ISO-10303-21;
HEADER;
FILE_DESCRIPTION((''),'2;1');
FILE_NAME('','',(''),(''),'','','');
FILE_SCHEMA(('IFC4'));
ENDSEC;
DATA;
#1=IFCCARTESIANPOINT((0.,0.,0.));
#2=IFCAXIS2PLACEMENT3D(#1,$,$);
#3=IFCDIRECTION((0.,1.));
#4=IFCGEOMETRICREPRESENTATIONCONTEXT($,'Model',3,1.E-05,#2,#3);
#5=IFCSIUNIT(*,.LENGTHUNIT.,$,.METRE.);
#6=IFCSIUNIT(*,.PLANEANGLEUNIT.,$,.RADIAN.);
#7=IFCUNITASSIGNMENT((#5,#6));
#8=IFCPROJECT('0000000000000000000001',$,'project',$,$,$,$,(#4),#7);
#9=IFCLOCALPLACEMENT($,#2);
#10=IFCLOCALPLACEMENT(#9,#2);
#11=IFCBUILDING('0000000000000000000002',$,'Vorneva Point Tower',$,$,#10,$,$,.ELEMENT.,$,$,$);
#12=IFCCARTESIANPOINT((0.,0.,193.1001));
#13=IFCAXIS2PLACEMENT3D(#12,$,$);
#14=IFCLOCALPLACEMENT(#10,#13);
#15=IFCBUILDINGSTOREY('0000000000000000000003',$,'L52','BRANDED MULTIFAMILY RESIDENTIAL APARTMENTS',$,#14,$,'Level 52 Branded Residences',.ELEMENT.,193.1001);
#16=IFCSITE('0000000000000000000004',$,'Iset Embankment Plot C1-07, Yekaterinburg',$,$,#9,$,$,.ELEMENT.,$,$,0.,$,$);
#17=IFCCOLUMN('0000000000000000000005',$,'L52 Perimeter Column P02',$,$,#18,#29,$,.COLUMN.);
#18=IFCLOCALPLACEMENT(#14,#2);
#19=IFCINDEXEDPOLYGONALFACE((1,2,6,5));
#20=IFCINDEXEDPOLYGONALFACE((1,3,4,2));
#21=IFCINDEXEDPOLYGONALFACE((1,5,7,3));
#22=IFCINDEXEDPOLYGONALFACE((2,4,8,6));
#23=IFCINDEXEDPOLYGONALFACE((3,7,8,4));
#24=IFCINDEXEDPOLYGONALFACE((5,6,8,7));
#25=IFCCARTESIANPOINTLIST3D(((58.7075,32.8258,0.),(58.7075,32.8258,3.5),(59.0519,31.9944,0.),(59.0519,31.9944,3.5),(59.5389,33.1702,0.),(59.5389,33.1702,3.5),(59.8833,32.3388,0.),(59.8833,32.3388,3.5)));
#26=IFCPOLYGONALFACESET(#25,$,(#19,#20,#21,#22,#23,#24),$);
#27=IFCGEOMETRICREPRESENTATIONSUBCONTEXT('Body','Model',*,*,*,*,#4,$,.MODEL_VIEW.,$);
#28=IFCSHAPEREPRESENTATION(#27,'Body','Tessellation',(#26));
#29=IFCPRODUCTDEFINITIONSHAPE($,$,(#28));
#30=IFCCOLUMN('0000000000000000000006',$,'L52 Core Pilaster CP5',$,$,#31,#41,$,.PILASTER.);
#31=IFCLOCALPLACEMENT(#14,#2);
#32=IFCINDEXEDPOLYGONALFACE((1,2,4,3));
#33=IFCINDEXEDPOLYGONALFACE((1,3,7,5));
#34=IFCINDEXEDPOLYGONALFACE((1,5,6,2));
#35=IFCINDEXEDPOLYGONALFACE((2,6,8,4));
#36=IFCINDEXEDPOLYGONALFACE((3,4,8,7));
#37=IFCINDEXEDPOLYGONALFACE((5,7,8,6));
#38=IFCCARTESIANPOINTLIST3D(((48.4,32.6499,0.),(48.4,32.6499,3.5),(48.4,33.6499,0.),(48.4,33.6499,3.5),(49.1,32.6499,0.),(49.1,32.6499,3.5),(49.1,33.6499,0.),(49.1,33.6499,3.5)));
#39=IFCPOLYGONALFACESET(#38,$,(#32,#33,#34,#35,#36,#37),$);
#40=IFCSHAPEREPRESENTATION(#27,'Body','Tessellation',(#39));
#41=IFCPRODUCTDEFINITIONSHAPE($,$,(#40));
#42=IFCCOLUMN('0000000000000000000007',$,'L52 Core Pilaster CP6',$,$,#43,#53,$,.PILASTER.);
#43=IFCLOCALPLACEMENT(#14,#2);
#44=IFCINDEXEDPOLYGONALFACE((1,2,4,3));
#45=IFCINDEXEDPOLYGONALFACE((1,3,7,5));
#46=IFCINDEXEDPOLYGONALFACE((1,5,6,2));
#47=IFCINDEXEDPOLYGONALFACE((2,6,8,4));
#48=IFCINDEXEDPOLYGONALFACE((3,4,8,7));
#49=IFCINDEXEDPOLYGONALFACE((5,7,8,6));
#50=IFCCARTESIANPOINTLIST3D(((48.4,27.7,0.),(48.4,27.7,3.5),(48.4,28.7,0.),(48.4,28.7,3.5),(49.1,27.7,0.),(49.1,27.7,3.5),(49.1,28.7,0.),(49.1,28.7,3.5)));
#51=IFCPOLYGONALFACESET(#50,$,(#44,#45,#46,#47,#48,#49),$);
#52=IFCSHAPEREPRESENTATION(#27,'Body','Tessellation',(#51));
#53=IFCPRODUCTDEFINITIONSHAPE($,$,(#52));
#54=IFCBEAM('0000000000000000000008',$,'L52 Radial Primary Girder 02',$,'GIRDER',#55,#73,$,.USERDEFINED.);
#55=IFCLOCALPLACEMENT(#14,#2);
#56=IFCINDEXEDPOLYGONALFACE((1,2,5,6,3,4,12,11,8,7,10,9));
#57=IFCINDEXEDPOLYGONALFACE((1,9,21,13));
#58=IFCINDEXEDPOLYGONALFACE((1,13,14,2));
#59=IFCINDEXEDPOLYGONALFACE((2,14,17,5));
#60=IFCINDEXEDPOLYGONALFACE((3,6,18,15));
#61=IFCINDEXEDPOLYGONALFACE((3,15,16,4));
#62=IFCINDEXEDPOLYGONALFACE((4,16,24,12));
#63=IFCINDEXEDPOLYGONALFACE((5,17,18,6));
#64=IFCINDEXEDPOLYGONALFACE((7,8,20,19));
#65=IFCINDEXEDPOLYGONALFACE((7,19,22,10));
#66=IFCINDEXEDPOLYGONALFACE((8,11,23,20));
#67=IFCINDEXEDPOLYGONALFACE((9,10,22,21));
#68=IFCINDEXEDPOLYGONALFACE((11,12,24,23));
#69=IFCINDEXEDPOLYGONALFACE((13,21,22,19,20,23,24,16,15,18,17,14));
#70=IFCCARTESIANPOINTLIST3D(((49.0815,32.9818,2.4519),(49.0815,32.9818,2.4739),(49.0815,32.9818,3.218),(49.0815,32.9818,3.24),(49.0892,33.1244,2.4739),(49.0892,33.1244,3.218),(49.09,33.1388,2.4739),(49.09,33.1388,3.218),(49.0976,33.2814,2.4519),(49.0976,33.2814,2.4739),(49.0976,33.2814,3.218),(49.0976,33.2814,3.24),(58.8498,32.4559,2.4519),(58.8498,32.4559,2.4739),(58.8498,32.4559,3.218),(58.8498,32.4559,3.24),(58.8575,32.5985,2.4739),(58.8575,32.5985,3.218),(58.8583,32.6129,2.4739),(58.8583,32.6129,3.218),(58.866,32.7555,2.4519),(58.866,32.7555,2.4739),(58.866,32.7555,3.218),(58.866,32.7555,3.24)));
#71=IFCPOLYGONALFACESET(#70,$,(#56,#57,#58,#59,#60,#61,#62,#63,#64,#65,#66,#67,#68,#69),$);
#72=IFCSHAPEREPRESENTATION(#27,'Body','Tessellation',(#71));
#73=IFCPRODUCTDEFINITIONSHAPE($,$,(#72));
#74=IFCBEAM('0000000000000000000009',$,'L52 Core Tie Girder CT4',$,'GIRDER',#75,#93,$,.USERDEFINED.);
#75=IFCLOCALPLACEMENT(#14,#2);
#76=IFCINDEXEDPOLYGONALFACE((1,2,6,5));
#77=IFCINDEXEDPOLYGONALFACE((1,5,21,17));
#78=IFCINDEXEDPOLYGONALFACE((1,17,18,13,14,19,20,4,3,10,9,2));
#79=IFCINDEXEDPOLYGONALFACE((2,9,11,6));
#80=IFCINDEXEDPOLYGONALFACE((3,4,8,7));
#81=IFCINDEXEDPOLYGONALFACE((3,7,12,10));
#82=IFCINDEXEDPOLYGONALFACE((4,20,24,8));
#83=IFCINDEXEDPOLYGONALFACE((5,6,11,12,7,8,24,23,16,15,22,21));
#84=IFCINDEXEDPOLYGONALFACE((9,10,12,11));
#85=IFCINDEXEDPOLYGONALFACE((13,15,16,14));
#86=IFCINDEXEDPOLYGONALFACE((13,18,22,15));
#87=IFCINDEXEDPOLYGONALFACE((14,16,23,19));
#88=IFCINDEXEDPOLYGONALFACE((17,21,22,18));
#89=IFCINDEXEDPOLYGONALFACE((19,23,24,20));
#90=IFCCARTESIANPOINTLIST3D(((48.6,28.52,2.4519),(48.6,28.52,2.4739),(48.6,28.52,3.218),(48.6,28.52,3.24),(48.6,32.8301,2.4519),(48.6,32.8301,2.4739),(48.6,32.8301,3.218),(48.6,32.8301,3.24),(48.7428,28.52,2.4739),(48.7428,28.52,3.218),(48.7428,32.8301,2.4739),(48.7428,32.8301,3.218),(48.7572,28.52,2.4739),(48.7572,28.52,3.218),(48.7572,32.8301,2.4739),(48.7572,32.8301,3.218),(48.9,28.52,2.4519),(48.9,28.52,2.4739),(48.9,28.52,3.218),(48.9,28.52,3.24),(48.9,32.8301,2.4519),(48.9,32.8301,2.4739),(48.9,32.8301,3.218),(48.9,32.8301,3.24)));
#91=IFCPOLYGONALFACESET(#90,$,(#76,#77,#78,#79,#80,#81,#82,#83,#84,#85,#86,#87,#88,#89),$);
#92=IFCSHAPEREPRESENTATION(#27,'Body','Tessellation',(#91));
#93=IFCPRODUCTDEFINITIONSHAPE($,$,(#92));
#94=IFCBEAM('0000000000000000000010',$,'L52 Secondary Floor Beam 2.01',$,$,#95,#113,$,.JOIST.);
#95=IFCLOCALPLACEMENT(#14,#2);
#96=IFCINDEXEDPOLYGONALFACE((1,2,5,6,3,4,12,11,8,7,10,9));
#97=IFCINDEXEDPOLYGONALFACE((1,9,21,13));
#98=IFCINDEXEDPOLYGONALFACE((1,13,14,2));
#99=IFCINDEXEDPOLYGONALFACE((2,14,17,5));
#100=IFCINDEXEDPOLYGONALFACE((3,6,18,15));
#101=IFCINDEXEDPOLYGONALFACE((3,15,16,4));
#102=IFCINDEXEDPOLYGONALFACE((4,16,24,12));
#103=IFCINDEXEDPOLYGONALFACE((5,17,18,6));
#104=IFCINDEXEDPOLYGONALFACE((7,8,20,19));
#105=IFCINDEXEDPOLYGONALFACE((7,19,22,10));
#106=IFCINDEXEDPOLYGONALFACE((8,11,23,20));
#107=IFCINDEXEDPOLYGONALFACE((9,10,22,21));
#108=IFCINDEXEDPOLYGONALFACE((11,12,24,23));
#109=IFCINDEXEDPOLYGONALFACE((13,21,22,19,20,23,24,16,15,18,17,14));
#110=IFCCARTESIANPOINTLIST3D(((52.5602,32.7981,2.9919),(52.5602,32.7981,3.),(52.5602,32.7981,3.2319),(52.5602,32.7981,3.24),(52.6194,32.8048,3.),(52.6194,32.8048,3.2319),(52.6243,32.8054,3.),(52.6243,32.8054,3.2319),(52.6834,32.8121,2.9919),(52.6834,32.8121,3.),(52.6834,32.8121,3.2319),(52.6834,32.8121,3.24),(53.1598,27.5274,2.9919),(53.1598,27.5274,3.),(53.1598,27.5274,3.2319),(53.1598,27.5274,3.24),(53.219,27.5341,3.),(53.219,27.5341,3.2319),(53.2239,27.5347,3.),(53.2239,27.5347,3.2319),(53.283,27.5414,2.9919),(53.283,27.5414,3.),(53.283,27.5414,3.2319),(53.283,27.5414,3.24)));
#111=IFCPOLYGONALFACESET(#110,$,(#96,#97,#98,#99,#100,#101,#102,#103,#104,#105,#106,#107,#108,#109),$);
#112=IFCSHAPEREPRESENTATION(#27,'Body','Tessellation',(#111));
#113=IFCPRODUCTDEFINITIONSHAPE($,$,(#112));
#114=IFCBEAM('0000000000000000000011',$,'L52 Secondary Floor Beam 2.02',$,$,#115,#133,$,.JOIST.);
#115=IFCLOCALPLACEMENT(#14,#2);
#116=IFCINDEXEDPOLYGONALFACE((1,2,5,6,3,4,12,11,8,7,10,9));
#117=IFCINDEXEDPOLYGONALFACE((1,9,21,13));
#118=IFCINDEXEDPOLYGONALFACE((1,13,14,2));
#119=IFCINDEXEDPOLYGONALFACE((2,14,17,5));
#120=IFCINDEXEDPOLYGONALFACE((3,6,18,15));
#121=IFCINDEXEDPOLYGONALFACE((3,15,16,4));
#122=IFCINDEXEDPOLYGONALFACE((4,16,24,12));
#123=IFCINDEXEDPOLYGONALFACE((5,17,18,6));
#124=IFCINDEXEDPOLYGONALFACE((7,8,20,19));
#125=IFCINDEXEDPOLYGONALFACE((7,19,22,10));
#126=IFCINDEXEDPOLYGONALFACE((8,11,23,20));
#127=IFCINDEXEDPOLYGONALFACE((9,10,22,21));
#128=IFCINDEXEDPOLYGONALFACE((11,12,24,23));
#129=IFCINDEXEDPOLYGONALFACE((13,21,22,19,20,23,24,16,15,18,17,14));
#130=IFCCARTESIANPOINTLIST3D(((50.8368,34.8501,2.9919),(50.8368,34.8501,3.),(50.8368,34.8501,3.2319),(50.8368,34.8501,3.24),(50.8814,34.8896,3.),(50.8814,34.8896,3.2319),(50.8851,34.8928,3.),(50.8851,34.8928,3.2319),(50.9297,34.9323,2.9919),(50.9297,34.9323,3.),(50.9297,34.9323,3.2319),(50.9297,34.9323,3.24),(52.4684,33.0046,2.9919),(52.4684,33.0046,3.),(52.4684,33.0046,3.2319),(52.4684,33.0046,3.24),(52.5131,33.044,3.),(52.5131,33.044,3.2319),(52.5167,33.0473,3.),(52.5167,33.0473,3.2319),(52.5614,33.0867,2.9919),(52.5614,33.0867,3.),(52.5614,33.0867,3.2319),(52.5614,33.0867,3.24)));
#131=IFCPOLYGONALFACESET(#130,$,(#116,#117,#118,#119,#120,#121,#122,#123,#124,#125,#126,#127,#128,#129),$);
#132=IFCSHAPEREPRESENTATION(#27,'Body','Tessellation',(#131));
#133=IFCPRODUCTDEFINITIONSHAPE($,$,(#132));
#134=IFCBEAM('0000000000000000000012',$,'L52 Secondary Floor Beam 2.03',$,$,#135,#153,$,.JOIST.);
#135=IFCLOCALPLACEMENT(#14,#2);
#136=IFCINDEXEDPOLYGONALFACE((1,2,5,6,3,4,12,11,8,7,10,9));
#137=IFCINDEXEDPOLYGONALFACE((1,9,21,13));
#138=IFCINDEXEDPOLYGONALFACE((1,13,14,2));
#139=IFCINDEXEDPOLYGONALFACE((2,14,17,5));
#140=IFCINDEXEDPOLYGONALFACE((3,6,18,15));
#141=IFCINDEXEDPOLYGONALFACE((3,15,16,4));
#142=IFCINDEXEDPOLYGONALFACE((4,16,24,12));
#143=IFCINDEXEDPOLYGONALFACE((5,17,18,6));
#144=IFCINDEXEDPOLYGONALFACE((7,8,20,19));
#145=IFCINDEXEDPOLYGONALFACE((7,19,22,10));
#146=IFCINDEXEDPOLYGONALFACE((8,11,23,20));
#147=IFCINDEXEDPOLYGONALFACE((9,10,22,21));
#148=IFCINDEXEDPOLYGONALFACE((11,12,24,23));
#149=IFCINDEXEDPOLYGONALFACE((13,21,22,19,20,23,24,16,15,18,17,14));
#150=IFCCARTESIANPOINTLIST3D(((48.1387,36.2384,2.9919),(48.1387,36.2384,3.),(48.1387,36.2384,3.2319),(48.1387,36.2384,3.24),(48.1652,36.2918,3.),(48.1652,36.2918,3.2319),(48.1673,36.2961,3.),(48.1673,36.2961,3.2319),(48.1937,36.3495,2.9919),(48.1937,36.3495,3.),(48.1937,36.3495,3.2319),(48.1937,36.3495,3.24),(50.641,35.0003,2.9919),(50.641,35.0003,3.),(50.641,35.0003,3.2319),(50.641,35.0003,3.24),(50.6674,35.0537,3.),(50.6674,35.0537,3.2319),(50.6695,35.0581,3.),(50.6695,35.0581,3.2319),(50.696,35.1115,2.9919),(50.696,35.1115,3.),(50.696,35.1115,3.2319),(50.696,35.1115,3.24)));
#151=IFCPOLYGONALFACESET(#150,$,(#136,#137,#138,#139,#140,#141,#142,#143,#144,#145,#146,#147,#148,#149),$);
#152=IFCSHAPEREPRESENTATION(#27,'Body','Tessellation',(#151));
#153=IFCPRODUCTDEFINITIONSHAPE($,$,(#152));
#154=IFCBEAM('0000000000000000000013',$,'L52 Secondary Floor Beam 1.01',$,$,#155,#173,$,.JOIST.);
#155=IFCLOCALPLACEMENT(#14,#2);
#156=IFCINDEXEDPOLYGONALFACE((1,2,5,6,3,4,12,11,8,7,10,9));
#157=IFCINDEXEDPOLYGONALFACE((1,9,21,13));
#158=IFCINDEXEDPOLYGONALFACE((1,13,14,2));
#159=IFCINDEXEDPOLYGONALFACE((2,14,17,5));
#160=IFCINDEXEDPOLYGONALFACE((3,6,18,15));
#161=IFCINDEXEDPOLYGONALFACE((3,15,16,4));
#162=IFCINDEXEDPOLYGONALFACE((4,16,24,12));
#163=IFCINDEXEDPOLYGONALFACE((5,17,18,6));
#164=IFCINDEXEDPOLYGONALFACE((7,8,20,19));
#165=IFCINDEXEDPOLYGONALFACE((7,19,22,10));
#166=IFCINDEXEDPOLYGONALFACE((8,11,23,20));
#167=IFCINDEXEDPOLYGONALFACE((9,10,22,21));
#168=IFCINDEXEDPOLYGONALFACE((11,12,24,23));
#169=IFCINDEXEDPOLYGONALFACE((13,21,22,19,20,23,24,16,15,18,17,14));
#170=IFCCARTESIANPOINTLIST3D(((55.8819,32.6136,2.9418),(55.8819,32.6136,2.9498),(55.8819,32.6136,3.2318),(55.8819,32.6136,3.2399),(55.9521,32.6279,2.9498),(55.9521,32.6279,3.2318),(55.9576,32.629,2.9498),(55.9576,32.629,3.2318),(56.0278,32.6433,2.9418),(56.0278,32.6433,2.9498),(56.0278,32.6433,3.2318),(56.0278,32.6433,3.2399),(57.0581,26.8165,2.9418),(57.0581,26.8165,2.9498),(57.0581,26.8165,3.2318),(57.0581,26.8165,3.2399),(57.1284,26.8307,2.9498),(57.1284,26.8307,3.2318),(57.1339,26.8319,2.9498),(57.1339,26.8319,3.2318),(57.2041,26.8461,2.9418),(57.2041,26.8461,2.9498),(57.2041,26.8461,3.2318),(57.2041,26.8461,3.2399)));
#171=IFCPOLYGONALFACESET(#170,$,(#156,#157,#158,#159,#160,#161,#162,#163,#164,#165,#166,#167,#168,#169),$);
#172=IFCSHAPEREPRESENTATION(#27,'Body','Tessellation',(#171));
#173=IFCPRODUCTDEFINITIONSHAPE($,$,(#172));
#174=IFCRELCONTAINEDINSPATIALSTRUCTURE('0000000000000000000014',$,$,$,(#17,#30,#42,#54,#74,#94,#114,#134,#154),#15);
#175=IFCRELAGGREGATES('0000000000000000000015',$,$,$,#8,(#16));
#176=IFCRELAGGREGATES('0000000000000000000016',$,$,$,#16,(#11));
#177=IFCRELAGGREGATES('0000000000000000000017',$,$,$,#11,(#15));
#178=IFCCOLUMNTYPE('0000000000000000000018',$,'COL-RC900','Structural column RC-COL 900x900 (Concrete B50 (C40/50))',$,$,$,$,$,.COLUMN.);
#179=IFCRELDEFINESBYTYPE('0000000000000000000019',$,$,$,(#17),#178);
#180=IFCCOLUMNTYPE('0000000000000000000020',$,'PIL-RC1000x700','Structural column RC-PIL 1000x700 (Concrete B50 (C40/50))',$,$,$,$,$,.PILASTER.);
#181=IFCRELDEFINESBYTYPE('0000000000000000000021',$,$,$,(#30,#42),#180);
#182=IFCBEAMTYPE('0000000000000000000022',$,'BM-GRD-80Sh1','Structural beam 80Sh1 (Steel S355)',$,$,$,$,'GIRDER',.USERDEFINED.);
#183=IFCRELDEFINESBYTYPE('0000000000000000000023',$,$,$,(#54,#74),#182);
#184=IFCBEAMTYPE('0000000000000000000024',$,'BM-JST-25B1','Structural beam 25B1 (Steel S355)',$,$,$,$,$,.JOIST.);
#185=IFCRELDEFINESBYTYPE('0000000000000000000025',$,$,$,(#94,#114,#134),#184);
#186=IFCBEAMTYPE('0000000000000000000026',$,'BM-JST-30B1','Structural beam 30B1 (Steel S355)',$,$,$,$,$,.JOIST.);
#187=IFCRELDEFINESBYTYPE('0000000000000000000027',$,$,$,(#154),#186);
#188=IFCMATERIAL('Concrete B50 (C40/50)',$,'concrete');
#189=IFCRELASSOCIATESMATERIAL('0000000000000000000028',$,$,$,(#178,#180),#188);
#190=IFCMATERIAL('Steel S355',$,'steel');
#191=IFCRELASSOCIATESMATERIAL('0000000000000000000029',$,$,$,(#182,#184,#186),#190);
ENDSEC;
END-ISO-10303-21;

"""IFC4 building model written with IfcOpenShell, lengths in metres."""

from ifc_helpers import new_model, si_unit, direction, frame, origin, origin_2d, place, context, subcontext, project, spatial, rectangle, i_section, extrude, material, material_profile, profile_set, type_object, element, save


model = new_model("IFC4")

# Units and contexts
model_context = context("Model", 3, precision=1e-05, world=origin(), true_north=direction((0.0, 1.0)))
body_context = subcontext(model_context, "Body", "Model", "MODEL_VIEW")
ifc_project = project(units=[si_unit("LENGTHUNIT", "METRE"), si_unit("PLANEANGLEUNIT", "RADIAN")], contexts=[model_context])

# Site, building, storey
site_placement = place(None, origin())
site = spatial("IfcSite", under=ifc_project, at=site_placement, Name="Iset Embankment Plot C1-07, Yekaterinburg", CompositionType="ELEMENT", RefElevation=0.0)
building_placement = place(site_placement, origin())
building = spatial("IfcBuilding", under=site, at=building_placement, Name="Vorneva Point Tower", CompositionType="ELEMENT")
storey_placement = place(building_placement, frame((0.0, 0.0, 193.1001)))
storey = spatial("IfcBuildingStorey", under=building, at=storey_placement, Name="L52", Description="BRANDED MULTIFAMILY RESIDENTIAL APARTMENTS", LongName="Level 52 Branded Residences", CompositionType="ELEMENT", Elevation=193.1001)

# Columns
ifc_material_1 = material(Name="Concrete B50 (C40/50)", Category="concrete")
ifc_material_profile_1 = material_profile(ifc_material_1, rectangle(XDim=0.8999, YDim=0.8999, at=origin_2d()), Name="RC-COL 900x900")
ifc_profile_set_1 = profile_set([ifc_material_profile_1], Name="Concrete B50 (C40/50)")
column_type_1 = type_object("IfcColumnType", Name="COL-RC900", Description="Structural column RC-COL 900x900 (Concrete B50 (C40/50))", PredefinedType="COLUMN", material=ifc_profile_set_1)
column_placement = place(storey_placement, frame((59.2954, 32.5823, 0.0), z_axis=(0.0, 0.0, 1.0), x_axis=(0.92388, 0.382683, 0.0)))
element("IfcColumn", 1, at=column_placement, inside=storey, type_object=column_type_1, Name="L52 Perimeter Column P02", PredefinedType="COLUMN", context=body_context, shape_type="SweptSolid", body=[
    extrude(rectangle(XDim=0.8999, YDim=0.8999, at=origin_2d()), origin(), (0.0, 0.0, 1.0), 3.5),
])
ifc_material_profile_2 = material_profile(ifc_material_1, rectangle(XDim=0.7, YDim=1.0, at=origin_2d()), Name="RC-PIL 1000x700")
ifc_profile_set_2 = profile_set([ifc_material_profile_2], Name="Concrete B50 (C40/50)")
column_type_2 = type_object("IfcColumnType", Name="PIL-RC1000x700", Description="Structural column RC-PIL 1000x700 (Concrete B50 (C40/50))", PredefinedType="PILASTER", material=ifc_profile_set_2)
for number, where, z_axis, x_axis, name in (
    (2, (48.75, 33.1499, 0.0), (0.0, 0.0, 1.0), (1.0, 0.0, 0.0), "L52 Core Pilaster CP5"),
    (3, (48.75, 28.2, 0.0), (0.0, 0.0, 1.0), (1.0, 0.0, 0.0), "L52 Core Pilaster CP6"),
):
    element("IfcColumn", number, at=place(storey_placement, frame(where, z_axis=z_axis, x_axis=x_axis)), inside=storey, type_object=column_type_2, Name=name, PredefinedType="PILASTER", context=body_context, shape_type="SweptSolid", body=[
        extrude(rectangle(XDim=0.7, YDim=1.0, at=origin_2d()), origin(), (0.0, 0.0, 1.0), 3.5),
    ])

# Beams
ifc_material_2 = material(Name="Steel S355", Category="steel")
ifc_material_profile_3 = material_profile(ifc_material_2, i_section(OverallWidth=0.3, OverallDepth=0.7881, WebThickness=0.0144, FlangeThickness=0.022, at=origin_2d()), Name="80Sh1")
ifc_profile_set_3 = profile_set([ifc_material_profile_3], Name="Steel S355")
beam_type_1 = type_object("IfcBeamType", Name="BM-GRD-80Sh1", Description="Structural beam 80Sh1 (Steel S355)", ElementType="GIRDER", PredefinedType="USERDEFINED", material=ifc_profile_set_3)
beam_1_placement = place(storey_placement, frame((58.8579, 32.6057, 2.8459), z_axis=(-0.998554, 0.053757, 0.0), x_axis=(-0.053757, -0.998554, 0.0)))
element("IfcBeam", 4, at=beam_1_placement, inside=storey, type_object=beam_type_1, Name="L52 Radial Primary Girder 02", ObjectType="GIRDER", PredefinedType="USERDEFINED", context=body_context, shape_type="SweptSolid", body=[
    extrude(i_section(OverallWidth=0.3, OverallDepth=0.7881, WebThickness=0.0144, FlangeThickness=0.022, at=origin_2d()), origin(), (0.0, 0.0, 1.0), 9.7825),
])
beam_2_placement = place(storey_placement, frame((48.75, 28.52, 2.8459), z_axis=(0.0, 1.0, 0.0), x_axis=(-1.0, 0.0, 0.0)))
element("IfcBeam", 5, at=beam_2_placement, inside=storey, type_object=beam_type_1, Name="L52 Core Tie Girder CT4", ObjectType="GIRDER", PredefinedType="USERDEFINED", context=body_context, shape_type="SweptSolid", body=[
    extrude(i_section(OverallWidth=0.3, OverallDepth=0.7881, WebThickness=0.0144, FlangeThickness=0.022, at=origin_2d()), origin(), (0.0, 0.0, 1.0), 4.3101),
])
ifc_material_profile_4 = material_profile(ifc_material_2, i_section(OverallWidth=0.124, OverallDepth=0.248, WebThickness=0.0049, FlangeThickness=0.0081, at=origin_2d()), Name="25B1")
ifc_profile_set_4 = profile_set([ifc_material_profile_4], Name="Steel S355")
beam_type_2 = type_object("IfcBeamType", Name="BM-JST-25B1", Description="Structural beam 25B1 (Steel S355)", PredefinedType="JOIST", material=ifc_profile_set_4)
beam_3_placement = place(storey_placement, frame((53.2214, 27.5344, 3.116), z_axis=(-0.113033, 0.993591, 0.0), x_axis=(-0.993591, -0.113033, 0.0)))
element("IfcBeam", 6, at=beam_3_placement, inside=storey, type_object=beam_type_2, Name="L52 Secondary Floor Beam 2.01", PredefinedType="JOIST", context=body_context, shape_type="SweptSolid", body=[
    extrude(i_section(OverallWidth=0.124, OverallDepth=0.248, WebThickness=0.0049, FlangeThickness=0.0081, at=origin_2d()), origin(), (0.0, 0.0, 1.0), 5.3047),
])
beam_4_placement = place(storey_placement, frame((52.5149, 33.0457, 3.116), z_axis=(-0.662362, 0.749184, 0.0), x_axis=(-0.749184, -0.662362, 0.0)))
element("IfcBeam", 7, at=beam_4_placement, inside=storey, type_object=beam_type_2, Name="L52 Secondary Floor Beam 2.02", PredefinedType="JOIST", context=body_context, shape_type="SweptSolid", body=[
    extrude(i_section(OverallWidth=0.124, OverallDepth=0.248, WebThickness=0.0049, FlangeThickness=0.0081, at=origin_2d()), origin(), (0.0, 0.0, 1.0), 2.4634),
])
beam_5_placement = place(storey_placement, frame((50.6685, 35.0559, 3.116), z_axis=(-0.896291, 0.443467, 0.0), x_axis=(-0.443467, -0.896291, 0.0)))
element("IfcBeam", 8, at=beam_5_placement, inside=storey, type_object=beam_type_2, Name="L52 Secondary Floor Beam 2.03", PredefinedType="JOIST", context=body_context, shape_type="SweptSolid", body=[
    extrude(i_section(OverallWidth=0.124, OverallDepth=0.248, WebThickness=0.0049, FlangeThickness=0.0081, at=origin_2d()), origin(), (0.0, 0.0, 1.0), 2.7917),
])
ifc_material_profile_5 = material_profile(ifc_material_2, i_section(OverallWidth=0.1489, OverallDepth=0.2981, WebThickness=0.0056, FlangeThickness=0.0081, at=origin_2d()), Name="30B1")
ifc_profile_set_5 = profile_set([ifc_material_profile_5], Name="Steel S355")
beam_type_3 = type_object("IfcBeamType", Name="BM-JST-30B1", Description="Structural beam 30B1 (Steel S355)", PredefinedType="JOIST", material=ifc_profile_set_5)
beam_6_placement = place(storey_placement, frame((57.1311, 26.8313, 3.0908), z_axis=(-0.198854, 0.980029, 0.0), x_axis=(-0.980029, -0.198854, 0.0)))
element("IfcBeam", 9, at=beam_6_placement, inside=storey, type_object=beam_type_3, Name="L52 Secondary Floor Beam 1.01", PredefinedType="JOIST", context=body_context, shape_type="SweptSolid", body=[
    extrude(i_section(OverallWidth=0.1489, OverallDepth=0.2981, WebThickness=0.0056, FlangeThickness=0.0081, at=origin_2d()), origin(), (0.0, 0.0, 1.0), 5.9153),
])

save(model, "model.ifc")
